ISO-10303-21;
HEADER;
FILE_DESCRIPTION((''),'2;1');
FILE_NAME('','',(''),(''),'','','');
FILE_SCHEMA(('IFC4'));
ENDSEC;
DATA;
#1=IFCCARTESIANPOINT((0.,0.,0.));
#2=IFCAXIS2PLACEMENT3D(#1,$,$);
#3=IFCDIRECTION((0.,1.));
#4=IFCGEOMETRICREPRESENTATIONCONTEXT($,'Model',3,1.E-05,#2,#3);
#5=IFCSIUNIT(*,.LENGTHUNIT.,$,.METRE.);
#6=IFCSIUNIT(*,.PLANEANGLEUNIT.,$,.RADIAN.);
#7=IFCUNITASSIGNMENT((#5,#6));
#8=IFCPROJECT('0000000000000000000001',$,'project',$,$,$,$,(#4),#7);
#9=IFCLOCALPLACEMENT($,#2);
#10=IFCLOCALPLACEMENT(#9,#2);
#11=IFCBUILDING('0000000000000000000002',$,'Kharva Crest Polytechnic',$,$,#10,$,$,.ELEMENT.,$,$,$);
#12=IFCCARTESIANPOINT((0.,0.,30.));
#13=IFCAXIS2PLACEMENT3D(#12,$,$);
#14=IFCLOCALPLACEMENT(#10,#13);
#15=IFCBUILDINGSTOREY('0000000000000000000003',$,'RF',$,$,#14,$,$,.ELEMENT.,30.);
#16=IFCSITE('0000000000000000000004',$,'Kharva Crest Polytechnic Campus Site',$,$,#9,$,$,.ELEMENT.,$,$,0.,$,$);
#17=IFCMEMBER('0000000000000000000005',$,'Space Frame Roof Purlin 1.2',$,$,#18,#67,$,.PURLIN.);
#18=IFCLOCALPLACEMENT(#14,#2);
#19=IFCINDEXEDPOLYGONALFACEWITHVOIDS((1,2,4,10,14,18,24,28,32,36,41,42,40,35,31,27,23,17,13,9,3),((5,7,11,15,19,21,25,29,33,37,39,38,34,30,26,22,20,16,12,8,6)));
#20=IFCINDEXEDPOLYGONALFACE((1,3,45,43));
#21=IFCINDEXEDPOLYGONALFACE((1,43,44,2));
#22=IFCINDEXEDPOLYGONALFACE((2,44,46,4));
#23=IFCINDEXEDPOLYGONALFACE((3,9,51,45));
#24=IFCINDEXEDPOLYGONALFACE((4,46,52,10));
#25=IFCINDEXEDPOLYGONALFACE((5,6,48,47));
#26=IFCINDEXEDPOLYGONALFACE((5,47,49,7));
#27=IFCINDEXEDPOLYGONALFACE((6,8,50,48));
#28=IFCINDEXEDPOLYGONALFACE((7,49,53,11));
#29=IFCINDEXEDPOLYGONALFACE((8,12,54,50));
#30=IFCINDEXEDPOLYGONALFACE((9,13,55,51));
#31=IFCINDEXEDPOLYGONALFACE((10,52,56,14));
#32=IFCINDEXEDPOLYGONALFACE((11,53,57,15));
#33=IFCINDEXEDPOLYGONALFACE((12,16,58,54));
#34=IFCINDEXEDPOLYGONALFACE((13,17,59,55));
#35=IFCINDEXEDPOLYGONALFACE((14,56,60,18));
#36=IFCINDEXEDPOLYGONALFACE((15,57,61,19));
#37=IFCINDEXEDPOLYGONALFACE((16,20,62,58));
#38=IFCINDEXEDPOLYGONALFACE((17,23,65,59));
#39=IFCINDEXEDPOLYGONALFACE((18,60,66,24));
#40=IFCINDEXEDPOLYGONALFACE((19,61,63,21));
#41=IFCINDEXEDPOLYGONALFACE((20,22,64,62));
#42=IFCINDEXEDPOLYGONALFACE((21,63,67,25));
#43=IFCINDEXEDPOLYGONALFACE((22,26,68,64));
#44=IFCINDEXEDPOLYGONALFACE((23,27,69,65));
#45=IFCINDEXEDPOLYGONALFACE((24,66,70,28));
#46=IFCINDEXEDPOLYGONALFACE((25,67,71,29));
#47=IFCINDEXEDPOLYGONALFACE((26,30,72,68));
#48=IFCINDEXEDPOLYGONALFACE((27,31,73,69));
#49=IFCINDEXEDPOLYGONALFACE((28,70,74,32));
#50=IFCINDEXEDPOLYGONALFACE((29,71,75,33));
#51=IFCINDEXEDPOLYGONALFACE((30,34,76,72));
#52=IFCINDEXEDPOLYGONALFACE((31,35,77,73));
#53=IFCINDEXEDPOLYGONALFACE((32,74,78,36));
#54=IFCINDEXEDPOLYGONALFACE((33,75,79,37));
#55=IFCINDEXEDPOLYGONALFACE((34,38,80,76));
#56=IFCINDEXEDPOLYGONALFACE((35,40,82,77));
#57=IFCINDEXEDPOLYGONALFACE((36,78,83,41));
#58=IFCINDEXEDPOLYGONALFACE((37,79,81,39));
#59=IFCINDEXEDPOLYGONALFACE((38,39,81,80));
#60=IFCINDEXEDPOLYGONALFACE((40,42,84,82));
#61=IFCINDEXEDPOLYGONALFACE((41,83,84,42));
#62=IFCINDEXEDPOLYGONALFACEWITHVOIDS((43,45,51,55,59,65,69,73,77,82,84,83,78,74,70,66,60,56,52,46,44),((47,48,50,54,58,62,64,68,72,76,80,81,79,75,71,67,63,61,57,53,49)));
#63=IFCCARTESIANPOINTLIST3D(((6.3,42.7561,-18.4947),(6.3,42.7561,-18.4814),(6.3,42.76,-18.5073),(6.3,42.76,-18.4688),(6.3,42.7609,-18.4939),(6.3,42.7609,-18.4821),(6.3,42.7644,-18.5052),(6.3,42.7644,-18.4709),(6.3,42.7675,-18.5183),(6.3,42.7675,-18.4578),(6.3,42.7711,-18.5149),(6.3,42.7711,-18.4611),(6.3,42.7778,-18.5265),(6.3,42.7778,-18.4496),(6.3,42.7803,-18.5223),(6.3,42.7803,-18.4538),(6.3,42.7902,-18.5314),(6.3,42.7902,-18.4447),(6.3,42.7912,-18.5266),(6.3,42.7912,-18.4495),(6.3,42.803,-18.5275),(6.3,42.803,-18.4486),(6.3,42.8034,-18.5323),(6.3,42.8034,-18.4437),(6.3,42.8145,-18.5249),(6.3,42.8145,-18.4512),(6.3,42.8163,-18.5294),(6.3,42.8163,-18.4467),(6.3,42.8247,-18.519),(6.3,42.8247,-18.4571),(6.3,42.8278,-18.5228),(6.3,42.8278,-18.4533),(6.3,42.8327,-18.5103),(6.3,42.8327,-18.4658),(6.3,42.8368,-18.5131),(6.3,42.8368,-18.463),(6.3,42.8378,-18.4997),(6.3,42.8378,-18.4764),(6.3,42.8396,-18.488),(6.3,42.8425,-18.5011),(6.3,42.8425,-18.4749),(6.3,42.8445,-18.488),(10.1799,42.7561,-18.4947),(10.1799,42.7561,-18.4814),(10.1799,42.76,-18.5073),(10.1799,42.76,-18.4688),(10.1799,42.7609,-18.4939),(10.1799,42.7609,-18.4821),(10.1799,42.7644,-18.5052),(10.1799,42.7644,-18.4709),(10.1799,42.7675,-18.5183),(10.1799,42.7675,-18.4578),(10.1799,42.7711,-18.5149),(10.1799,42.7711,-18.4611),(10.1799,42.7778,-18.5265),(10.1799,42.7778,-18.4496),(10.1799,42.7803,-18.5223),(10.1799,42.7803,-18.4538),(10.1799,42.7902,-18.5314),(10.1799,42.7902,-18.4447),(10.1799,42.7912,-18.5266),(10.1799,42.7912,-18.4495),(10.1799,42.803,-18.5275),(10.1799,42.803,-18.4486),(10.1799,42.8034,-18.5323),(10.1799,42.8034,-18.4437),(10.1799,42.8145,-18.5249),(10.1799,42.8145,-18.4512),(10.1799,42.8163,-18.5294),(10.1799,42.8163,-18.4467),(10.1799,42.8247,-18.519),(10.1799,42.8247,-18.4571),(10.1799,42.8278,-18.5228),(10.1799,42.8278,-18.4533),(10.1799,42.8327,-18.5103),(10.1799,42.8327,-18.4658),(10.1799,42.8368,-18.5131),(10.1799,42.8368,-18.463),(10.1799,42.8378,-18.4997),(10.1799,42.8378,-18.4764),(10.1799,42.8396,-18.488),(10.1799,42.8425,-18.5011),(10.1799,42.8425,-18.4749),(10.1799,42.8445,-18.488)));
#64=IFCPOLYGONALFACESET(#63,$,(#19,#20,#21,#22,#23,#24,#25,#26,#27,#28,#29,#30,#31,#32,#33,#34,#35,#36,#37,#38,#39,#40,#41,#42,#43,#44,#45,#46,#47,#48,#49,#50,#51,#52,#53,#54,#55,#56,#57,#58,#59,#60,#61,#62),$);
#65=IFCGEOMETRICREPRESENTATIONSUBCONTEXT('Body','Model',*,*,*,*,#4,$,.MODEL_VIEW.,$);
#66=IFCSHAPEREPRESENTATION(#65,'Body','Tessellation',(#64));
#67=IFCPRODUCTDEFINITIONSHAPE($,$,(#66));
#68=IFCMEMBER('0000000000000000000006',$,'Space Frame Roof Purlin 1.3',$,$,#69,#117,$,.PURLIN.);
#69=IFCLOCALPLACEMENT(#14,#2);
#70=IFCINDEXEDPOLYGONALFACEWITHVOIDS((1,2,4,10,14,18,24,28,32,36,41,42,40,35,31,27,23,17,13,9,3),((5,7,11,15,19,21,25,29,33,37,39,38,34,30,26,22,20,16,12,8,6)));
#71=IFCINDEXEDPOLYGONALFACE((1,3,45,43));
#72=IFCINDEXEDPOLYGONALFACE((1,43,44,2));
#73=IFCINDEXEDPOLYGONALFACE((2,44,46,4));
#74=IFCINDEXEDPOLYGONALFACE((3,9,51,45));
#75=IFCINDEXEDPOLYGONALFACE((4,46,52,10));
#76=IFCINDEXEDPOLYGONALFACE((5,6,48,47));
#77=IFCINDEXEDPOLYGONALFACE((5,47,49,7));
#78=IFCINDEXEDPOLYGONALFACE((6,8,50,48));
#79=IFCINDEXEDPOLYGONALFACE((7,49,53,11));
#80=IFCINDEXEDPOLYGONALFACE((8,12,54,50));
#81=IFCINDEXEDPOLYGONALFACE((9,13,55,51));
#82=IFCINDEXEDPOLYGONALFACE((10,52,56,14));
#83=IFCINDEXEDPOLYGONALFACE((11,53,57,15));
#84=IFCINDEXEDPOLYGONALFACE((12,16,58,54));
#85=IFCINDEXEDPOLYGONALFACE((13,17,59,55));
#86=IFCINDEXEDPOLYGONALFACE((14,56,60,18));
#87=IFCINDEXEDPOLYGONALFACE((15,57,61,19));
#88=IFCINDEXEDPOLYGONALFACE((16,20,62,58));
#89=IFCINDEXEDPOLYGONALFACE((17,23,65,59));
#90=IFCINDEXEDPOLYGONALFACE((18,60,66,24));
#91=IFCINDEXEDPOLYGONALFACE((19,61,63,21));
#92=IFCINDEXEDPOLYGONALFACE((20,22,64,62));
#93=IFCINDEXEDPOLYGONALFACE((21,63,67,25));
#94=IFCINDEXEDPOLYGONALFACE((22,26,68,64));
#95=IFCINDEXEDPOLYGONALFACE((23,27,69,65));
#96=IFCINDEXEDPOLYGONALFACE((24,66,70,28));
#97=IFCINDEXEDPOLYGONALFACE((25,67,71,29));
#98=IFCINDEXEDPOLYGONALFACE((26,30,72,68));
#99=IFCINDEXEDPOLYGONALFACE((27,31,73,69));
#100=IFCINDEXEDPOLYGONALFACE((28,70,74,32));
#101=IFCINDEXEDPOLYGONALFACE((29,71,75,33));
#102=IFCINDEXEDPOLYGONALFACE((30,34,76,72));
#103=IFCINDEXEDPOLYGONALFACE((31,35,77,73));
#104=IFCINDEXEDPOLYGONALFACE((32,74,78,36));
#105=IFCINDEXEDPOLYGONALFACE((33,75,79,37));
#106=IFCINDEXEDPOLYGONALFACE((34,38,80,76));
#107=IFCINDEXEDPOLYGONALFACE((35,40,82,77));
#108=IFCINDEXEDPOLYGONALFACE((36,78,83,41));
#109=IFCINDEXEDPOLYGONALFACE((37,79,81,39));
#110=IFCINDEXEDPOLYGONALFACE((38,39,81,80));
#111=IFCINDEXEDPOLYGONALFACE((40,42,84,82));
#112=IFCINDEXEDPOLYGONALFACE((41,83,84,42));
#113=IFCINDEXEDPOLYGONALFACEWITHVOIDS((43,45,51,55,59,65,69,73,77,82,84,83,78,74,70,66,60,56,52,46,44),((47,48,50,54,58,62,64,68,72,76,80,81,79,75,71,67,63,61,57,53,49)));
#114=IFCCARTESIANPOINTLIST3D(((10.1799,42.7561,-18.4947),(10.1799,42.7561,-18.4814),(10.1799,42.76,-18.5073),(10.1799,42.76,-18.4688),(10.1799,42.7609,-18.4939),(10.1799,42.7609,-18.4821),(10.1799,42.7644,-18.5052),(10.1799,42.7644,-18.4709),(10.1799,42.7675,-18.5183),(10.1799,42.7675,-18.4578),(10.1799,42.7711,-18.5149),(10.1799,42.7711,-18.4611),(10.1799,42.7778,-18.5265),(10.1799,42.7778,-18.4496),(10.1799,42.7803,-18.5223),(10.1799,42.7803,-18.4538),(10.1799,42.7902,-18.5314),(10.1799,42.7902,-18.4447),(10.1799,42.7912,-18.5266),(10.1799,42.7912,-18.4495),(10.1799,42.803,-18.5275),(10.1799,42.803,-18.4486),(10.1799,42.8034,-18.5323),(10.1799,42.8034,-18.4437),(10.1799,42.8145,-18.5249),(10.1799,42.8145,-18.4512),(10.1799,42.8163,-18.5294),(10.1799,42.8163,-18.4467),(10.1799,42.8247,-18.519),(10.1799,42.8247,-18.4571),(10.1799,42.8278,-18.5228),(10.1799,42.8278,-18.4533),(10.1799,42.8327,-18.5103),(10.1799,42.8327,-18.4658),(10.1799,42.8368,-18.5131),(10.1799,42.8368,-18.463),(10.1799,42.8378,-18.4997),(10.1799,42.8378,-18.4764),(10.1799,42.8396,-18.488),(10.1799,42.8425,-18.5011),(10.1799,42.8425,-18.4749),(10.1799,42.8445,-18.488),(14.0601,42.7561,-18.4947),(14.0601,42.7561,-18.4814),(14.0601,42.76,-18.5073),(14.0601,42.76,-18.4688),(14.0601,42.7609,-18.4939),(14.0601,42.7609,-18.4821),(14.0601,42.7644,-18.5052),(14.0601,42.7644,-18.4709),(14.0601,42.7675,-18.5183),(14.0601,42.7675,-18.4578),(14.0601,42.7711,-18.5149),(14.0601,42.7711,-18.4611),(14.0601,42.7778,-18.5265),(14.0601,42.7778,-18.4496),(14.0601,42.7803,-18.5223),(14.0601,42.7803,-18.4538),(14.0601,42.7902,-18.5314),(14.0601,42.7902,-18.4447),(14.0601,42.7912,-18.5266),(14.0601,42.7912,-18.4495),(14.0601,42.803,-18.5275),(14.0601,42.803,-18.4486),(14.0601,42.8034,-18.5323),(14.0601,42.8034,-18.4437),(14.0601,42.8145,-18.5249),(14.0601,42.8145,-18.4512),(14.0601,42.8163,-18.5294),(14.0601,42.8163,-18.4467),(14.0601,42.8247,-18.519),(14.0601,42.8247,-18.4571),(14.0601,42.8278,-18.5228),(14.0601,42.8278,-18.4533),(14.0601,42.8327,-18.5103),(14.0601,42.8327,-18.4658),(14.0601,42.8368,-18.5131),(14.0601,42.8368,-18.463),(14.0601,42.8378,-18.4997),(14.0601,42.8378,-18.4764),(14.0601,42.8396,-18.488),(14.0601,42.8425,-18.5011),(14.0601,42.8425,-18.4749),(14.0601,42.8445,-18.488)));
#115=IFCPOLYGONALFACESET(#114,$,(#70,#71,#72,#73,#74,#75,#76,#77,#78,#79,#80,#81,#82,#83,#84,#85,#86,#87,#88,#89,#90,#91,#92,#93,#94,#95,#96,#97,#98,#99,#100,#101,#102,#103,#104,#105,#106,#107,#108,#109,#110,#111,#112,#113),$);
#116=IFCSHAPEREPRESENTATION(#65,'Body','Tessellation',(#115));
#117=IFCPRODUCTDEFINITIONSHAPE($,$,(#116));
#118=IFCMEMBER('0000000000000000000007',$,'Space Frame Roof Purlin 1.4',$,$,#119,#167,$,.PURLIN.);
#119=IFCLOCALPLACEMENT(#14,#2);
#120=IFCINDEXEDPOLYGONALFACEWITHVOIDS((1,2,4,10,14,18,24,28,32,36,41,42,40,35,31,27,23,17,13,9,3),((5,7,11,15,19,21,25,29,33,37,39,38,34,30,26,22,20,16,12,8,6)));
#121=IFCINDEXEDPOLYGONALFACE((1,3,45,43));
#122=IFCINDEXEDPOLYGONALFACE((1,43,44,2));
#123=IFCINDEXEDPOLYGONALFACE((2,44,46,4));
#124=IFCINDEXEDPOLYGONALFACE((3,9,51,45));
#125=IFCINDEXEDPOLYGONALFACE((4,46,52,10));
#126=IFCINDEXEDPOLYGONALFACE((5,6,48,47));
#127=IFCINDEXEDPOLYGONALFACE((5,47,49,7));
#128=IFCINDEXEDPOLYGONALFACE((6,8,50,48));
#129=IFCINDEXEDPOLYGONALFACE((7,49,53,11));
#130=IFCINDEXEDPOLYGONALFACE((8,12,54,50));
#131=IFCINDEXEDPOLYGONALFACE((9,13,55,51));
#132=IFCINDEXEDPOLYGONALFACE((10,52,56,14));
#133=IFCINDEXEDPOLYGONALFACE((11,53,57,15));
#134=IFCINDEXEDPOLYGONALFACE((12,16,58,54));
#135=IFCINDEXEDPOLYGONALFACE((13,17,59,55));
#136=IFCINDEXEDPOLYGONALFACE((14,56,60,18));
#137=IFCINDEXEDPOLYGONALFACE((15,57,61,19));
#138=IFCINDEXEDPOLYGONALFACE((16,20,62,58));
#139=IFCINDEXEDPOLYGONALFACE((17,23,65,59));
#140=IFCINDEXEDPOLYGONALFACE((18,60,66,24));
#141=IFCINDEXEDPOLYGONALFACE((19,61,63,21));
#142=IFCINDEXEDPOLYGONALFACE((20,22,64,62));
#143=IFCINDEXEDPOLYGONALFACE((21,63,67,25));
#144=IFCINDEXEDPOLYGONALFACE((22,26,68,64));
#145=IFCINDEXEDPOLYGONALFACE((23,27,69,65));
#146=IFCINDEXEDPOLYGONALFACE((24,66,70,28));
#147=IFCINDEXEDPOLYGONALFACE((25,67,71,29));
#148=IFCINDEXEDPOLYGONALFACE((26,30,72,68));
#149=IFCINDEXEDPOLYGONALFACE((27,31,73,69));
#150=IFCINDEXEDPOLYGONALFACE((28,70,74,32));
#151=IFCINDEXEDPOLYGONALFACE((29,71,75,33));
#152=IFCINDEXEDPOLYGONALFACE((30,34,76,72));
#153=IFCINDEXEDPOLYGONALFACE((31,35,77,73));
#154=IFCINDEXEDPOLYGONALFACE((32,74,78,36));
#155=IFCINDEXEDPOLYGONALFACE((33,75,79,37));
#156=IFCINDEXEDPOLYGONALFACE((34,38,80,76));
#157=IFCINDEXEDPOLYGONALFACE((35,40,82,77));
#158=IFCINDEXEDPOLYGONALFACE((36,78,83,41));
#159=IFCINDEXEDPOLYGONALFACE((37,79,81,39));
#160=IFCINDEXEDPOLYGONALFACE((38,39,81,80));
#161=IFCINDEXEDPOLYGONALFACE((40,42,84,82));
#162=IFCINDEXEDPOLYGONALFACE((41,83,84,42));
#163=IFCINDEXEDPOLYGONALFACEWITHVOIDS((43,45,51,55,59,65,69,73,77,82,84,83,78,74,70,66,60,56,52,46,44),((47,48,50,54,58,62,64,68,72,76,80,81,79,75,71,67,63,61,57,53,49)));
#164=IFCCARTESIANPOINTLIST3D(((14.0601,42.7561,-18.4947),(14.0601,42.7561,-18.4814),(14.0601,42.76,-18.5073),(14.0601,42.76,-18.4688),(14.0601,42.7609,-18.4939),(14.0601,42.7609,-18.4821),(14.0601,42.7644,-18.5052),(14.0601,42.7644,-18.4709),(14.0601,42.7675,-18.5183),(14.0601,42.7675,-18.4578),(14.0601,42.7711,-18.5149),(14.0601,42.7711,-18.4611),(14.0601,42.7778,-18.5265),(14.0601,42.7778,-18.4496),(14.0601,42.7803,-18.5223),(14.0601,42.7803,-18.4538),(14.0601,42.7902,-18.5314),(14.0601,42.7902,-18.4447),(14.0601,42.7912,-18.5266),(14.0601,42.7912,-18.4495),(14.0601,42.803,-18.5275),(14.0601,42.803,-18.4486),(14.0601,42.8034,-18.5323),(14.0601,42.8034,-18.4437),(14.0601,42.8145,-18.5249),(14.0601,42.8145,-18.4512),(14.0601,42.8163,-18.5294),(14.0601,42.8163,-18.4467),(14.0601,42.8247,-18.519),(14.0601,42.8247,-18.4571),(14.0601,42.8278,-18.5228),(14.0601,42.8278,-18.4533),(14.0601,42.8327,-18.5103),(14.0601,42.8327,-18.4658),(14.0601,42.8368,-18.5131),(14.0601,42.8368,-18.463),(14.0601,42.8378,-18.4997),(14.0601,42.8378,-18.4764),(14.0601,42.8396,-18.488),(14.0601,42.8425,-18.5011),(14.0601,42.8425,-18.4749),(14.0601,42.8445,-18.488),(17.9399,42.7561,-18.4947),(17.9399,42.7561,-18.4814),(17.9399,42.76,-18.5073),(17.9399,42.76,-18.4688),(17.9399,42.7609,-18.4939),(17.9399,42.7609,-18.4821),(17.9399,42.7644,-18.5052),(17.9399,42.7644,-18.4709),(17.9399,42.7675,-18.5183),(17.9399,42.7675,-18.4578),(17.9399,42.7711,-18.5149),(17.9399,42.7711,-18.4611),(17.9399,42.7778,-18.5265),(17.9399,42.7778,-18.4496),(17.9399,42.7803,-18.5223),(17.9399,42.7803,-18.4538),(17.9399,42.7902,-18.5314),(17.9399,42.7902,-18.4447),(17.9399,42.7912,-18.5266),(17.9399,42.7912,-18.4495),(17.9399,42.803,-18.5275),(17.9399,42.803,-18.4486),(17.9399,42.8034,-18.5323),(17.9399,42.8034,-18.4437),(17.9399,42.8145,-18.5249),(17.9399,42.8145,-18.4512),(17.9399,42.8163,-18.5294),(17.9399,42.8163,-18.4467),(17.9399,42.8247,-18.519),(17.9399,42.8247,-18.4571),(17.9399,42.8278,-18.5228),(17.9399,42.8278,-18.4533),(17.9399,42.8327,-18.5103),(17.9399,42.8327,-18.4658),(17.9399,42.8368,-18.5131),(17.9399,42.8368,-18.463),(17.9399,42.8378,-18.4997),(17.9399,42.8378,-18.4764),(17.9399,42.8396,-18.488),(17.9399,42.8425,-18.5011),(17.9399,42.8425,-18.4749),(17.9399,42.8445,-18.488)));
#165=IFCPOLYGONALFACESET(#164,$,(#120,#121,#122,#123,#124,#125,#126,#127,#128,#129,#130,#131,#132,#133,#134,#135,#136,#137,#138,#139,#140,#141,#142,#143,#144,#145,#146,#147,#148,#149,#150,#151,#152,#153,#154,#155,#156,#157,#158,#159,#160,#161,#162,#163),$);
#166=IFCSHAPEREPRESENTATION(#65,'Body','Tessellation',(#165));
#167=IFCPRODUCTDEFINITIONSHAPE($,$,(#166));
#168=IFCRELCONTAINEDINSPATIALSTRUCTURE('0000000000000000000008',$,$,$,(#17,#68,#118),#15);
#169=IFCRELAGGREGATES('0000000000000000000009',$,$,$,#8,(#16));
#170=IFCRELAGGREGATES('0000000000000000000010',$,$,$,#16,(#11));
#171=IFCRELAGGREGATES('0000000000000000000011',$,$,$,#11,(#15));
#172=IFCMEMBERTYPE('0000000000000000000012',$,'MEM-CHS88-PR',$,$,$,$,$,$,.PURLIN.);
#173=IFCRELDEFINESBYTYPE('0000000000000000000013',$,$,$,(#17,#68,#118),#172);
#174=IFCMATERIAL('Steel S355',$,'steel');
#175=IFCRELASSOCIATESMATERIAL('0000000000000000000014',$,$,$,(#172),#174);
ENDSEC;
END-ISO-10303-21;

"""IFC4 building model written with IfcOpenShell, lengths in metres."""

from ifc_helpers import new_model, si_unit, direction, frame, origin, origin_2d, place, context, subcontext, project, spatial, hollow_circle, extrude, material, material_profile, profile_set, type_object, element, save


model = new_model("IFC4")

# Units and contexts
model_context = context("Model", 3, precision=1e-05, world=origin(), true_north=direction((0.0, 1.0)))
body_context = subcontext(model_context, "Body", "Model", "MODEL_VIEW")
ifc_project = project(units=[si_unit("LENGTHUNIT", "METRE"), si_unit("PLANEANGLEUNIT", "RADIAN")], contexts=[model_context])

# Site, building, storey
site_placement = place(None, origin())
site = spatial("IfcSite", under=ifc_project, at=site_placement, Name="Kharva Crest Polytechnic Campus Site", CompositionType="ELEMENT", RefElevation=0.0)
building_placement = place(site_placement, origin())
building = spatial("IfcBuilding", under=site, at=building_placement, Name="Kharva Crest Polytechnic", CompositionType="ELEMENT")
storey_placement = place(building_placement, frame((0.0, 0.0, 30.0)))
storey = spatial("IfcBuildingStorey", under=building, at=storey_placement, Name="RF", CompositionType="ELEMENT", Elevation=30.0)

# Members
ifc_material = material(Name="Steel S355", Category="steel")
ifc_material_profile = material_profile(ifc_material, hollow_circle(Radius=0.0444, WallThickness=0.0049, at=origin_2d()), Name="CHS 88.9X5.0")
ifc_profile_set = profile_set([ifc_material_profile], Name="Steel S355")
member_type = type_object("IfcMemberType", Name="MEM-CHS88-PR", PredefinedType="PURLIN", material=ifc_profile_set)
member_1_placement = place(storey_placement, frame((6.3, 42.8, -18.488), z_axis=(1.0, 0.0, 0.0), x_axis=(0.0, 1.0, 0.0)))
element("IfcMember", 1, at=member_1_placement, inside=storey, type_object=member_type, Name="Space Frame Roof Purlin 1.2", PredefinedType="PURLIN", context=body_context, shape_type="SweptSolid", body=[
    extrude(hollow_circle(Radius=0.0444, WallThickness=0.0049, at=origin_2d()), origin(), (0.0, 0.0, 1.0), 3.8799),
])
member_2_placement = place(storey_placement, frame((10.1799, 42.8, -18.488), z_axis=(1.0, 0.0, 0.0), x_axis=(0.0, 1.0, 0.0)))
element("IfcMember", 2, at=member_2_placement, inside=storey, type_object=member_type, Name="Space Frame Roof Purlin 1.3", PredefinedType="PURLIN", context=body_context, shape_type="SweptSolid", body=[
    extrude(hollow_circle(Radius=0.0444, WallThickness=0.0049, at=origin_2d()), origin(), (0.0, 0.0, 1.0), 3.8801),
])
member_3_placement = place(storey_placement, frame((14.0601, 42.8, -18.488), z_axis=(1.0, 0.0, 0.0), x_axis=(0.0, 1.0, 0.0)))
element("IfcMember", 3, at=member_3_placement, inside=storey, type_object=member_type, Name="Space Frame Roof Purlin 1.4", PredefinedType="PURLIN", context=body_context, shape_type="SweptSolid", body=[
    extrude(hollow_circle(Radius=0.0444, WallThickness=0.0049, at=origin_2d()), origin(), (0.0, 0.0, 1.0), 3.8799),
])

save(model, "model.ifc")
